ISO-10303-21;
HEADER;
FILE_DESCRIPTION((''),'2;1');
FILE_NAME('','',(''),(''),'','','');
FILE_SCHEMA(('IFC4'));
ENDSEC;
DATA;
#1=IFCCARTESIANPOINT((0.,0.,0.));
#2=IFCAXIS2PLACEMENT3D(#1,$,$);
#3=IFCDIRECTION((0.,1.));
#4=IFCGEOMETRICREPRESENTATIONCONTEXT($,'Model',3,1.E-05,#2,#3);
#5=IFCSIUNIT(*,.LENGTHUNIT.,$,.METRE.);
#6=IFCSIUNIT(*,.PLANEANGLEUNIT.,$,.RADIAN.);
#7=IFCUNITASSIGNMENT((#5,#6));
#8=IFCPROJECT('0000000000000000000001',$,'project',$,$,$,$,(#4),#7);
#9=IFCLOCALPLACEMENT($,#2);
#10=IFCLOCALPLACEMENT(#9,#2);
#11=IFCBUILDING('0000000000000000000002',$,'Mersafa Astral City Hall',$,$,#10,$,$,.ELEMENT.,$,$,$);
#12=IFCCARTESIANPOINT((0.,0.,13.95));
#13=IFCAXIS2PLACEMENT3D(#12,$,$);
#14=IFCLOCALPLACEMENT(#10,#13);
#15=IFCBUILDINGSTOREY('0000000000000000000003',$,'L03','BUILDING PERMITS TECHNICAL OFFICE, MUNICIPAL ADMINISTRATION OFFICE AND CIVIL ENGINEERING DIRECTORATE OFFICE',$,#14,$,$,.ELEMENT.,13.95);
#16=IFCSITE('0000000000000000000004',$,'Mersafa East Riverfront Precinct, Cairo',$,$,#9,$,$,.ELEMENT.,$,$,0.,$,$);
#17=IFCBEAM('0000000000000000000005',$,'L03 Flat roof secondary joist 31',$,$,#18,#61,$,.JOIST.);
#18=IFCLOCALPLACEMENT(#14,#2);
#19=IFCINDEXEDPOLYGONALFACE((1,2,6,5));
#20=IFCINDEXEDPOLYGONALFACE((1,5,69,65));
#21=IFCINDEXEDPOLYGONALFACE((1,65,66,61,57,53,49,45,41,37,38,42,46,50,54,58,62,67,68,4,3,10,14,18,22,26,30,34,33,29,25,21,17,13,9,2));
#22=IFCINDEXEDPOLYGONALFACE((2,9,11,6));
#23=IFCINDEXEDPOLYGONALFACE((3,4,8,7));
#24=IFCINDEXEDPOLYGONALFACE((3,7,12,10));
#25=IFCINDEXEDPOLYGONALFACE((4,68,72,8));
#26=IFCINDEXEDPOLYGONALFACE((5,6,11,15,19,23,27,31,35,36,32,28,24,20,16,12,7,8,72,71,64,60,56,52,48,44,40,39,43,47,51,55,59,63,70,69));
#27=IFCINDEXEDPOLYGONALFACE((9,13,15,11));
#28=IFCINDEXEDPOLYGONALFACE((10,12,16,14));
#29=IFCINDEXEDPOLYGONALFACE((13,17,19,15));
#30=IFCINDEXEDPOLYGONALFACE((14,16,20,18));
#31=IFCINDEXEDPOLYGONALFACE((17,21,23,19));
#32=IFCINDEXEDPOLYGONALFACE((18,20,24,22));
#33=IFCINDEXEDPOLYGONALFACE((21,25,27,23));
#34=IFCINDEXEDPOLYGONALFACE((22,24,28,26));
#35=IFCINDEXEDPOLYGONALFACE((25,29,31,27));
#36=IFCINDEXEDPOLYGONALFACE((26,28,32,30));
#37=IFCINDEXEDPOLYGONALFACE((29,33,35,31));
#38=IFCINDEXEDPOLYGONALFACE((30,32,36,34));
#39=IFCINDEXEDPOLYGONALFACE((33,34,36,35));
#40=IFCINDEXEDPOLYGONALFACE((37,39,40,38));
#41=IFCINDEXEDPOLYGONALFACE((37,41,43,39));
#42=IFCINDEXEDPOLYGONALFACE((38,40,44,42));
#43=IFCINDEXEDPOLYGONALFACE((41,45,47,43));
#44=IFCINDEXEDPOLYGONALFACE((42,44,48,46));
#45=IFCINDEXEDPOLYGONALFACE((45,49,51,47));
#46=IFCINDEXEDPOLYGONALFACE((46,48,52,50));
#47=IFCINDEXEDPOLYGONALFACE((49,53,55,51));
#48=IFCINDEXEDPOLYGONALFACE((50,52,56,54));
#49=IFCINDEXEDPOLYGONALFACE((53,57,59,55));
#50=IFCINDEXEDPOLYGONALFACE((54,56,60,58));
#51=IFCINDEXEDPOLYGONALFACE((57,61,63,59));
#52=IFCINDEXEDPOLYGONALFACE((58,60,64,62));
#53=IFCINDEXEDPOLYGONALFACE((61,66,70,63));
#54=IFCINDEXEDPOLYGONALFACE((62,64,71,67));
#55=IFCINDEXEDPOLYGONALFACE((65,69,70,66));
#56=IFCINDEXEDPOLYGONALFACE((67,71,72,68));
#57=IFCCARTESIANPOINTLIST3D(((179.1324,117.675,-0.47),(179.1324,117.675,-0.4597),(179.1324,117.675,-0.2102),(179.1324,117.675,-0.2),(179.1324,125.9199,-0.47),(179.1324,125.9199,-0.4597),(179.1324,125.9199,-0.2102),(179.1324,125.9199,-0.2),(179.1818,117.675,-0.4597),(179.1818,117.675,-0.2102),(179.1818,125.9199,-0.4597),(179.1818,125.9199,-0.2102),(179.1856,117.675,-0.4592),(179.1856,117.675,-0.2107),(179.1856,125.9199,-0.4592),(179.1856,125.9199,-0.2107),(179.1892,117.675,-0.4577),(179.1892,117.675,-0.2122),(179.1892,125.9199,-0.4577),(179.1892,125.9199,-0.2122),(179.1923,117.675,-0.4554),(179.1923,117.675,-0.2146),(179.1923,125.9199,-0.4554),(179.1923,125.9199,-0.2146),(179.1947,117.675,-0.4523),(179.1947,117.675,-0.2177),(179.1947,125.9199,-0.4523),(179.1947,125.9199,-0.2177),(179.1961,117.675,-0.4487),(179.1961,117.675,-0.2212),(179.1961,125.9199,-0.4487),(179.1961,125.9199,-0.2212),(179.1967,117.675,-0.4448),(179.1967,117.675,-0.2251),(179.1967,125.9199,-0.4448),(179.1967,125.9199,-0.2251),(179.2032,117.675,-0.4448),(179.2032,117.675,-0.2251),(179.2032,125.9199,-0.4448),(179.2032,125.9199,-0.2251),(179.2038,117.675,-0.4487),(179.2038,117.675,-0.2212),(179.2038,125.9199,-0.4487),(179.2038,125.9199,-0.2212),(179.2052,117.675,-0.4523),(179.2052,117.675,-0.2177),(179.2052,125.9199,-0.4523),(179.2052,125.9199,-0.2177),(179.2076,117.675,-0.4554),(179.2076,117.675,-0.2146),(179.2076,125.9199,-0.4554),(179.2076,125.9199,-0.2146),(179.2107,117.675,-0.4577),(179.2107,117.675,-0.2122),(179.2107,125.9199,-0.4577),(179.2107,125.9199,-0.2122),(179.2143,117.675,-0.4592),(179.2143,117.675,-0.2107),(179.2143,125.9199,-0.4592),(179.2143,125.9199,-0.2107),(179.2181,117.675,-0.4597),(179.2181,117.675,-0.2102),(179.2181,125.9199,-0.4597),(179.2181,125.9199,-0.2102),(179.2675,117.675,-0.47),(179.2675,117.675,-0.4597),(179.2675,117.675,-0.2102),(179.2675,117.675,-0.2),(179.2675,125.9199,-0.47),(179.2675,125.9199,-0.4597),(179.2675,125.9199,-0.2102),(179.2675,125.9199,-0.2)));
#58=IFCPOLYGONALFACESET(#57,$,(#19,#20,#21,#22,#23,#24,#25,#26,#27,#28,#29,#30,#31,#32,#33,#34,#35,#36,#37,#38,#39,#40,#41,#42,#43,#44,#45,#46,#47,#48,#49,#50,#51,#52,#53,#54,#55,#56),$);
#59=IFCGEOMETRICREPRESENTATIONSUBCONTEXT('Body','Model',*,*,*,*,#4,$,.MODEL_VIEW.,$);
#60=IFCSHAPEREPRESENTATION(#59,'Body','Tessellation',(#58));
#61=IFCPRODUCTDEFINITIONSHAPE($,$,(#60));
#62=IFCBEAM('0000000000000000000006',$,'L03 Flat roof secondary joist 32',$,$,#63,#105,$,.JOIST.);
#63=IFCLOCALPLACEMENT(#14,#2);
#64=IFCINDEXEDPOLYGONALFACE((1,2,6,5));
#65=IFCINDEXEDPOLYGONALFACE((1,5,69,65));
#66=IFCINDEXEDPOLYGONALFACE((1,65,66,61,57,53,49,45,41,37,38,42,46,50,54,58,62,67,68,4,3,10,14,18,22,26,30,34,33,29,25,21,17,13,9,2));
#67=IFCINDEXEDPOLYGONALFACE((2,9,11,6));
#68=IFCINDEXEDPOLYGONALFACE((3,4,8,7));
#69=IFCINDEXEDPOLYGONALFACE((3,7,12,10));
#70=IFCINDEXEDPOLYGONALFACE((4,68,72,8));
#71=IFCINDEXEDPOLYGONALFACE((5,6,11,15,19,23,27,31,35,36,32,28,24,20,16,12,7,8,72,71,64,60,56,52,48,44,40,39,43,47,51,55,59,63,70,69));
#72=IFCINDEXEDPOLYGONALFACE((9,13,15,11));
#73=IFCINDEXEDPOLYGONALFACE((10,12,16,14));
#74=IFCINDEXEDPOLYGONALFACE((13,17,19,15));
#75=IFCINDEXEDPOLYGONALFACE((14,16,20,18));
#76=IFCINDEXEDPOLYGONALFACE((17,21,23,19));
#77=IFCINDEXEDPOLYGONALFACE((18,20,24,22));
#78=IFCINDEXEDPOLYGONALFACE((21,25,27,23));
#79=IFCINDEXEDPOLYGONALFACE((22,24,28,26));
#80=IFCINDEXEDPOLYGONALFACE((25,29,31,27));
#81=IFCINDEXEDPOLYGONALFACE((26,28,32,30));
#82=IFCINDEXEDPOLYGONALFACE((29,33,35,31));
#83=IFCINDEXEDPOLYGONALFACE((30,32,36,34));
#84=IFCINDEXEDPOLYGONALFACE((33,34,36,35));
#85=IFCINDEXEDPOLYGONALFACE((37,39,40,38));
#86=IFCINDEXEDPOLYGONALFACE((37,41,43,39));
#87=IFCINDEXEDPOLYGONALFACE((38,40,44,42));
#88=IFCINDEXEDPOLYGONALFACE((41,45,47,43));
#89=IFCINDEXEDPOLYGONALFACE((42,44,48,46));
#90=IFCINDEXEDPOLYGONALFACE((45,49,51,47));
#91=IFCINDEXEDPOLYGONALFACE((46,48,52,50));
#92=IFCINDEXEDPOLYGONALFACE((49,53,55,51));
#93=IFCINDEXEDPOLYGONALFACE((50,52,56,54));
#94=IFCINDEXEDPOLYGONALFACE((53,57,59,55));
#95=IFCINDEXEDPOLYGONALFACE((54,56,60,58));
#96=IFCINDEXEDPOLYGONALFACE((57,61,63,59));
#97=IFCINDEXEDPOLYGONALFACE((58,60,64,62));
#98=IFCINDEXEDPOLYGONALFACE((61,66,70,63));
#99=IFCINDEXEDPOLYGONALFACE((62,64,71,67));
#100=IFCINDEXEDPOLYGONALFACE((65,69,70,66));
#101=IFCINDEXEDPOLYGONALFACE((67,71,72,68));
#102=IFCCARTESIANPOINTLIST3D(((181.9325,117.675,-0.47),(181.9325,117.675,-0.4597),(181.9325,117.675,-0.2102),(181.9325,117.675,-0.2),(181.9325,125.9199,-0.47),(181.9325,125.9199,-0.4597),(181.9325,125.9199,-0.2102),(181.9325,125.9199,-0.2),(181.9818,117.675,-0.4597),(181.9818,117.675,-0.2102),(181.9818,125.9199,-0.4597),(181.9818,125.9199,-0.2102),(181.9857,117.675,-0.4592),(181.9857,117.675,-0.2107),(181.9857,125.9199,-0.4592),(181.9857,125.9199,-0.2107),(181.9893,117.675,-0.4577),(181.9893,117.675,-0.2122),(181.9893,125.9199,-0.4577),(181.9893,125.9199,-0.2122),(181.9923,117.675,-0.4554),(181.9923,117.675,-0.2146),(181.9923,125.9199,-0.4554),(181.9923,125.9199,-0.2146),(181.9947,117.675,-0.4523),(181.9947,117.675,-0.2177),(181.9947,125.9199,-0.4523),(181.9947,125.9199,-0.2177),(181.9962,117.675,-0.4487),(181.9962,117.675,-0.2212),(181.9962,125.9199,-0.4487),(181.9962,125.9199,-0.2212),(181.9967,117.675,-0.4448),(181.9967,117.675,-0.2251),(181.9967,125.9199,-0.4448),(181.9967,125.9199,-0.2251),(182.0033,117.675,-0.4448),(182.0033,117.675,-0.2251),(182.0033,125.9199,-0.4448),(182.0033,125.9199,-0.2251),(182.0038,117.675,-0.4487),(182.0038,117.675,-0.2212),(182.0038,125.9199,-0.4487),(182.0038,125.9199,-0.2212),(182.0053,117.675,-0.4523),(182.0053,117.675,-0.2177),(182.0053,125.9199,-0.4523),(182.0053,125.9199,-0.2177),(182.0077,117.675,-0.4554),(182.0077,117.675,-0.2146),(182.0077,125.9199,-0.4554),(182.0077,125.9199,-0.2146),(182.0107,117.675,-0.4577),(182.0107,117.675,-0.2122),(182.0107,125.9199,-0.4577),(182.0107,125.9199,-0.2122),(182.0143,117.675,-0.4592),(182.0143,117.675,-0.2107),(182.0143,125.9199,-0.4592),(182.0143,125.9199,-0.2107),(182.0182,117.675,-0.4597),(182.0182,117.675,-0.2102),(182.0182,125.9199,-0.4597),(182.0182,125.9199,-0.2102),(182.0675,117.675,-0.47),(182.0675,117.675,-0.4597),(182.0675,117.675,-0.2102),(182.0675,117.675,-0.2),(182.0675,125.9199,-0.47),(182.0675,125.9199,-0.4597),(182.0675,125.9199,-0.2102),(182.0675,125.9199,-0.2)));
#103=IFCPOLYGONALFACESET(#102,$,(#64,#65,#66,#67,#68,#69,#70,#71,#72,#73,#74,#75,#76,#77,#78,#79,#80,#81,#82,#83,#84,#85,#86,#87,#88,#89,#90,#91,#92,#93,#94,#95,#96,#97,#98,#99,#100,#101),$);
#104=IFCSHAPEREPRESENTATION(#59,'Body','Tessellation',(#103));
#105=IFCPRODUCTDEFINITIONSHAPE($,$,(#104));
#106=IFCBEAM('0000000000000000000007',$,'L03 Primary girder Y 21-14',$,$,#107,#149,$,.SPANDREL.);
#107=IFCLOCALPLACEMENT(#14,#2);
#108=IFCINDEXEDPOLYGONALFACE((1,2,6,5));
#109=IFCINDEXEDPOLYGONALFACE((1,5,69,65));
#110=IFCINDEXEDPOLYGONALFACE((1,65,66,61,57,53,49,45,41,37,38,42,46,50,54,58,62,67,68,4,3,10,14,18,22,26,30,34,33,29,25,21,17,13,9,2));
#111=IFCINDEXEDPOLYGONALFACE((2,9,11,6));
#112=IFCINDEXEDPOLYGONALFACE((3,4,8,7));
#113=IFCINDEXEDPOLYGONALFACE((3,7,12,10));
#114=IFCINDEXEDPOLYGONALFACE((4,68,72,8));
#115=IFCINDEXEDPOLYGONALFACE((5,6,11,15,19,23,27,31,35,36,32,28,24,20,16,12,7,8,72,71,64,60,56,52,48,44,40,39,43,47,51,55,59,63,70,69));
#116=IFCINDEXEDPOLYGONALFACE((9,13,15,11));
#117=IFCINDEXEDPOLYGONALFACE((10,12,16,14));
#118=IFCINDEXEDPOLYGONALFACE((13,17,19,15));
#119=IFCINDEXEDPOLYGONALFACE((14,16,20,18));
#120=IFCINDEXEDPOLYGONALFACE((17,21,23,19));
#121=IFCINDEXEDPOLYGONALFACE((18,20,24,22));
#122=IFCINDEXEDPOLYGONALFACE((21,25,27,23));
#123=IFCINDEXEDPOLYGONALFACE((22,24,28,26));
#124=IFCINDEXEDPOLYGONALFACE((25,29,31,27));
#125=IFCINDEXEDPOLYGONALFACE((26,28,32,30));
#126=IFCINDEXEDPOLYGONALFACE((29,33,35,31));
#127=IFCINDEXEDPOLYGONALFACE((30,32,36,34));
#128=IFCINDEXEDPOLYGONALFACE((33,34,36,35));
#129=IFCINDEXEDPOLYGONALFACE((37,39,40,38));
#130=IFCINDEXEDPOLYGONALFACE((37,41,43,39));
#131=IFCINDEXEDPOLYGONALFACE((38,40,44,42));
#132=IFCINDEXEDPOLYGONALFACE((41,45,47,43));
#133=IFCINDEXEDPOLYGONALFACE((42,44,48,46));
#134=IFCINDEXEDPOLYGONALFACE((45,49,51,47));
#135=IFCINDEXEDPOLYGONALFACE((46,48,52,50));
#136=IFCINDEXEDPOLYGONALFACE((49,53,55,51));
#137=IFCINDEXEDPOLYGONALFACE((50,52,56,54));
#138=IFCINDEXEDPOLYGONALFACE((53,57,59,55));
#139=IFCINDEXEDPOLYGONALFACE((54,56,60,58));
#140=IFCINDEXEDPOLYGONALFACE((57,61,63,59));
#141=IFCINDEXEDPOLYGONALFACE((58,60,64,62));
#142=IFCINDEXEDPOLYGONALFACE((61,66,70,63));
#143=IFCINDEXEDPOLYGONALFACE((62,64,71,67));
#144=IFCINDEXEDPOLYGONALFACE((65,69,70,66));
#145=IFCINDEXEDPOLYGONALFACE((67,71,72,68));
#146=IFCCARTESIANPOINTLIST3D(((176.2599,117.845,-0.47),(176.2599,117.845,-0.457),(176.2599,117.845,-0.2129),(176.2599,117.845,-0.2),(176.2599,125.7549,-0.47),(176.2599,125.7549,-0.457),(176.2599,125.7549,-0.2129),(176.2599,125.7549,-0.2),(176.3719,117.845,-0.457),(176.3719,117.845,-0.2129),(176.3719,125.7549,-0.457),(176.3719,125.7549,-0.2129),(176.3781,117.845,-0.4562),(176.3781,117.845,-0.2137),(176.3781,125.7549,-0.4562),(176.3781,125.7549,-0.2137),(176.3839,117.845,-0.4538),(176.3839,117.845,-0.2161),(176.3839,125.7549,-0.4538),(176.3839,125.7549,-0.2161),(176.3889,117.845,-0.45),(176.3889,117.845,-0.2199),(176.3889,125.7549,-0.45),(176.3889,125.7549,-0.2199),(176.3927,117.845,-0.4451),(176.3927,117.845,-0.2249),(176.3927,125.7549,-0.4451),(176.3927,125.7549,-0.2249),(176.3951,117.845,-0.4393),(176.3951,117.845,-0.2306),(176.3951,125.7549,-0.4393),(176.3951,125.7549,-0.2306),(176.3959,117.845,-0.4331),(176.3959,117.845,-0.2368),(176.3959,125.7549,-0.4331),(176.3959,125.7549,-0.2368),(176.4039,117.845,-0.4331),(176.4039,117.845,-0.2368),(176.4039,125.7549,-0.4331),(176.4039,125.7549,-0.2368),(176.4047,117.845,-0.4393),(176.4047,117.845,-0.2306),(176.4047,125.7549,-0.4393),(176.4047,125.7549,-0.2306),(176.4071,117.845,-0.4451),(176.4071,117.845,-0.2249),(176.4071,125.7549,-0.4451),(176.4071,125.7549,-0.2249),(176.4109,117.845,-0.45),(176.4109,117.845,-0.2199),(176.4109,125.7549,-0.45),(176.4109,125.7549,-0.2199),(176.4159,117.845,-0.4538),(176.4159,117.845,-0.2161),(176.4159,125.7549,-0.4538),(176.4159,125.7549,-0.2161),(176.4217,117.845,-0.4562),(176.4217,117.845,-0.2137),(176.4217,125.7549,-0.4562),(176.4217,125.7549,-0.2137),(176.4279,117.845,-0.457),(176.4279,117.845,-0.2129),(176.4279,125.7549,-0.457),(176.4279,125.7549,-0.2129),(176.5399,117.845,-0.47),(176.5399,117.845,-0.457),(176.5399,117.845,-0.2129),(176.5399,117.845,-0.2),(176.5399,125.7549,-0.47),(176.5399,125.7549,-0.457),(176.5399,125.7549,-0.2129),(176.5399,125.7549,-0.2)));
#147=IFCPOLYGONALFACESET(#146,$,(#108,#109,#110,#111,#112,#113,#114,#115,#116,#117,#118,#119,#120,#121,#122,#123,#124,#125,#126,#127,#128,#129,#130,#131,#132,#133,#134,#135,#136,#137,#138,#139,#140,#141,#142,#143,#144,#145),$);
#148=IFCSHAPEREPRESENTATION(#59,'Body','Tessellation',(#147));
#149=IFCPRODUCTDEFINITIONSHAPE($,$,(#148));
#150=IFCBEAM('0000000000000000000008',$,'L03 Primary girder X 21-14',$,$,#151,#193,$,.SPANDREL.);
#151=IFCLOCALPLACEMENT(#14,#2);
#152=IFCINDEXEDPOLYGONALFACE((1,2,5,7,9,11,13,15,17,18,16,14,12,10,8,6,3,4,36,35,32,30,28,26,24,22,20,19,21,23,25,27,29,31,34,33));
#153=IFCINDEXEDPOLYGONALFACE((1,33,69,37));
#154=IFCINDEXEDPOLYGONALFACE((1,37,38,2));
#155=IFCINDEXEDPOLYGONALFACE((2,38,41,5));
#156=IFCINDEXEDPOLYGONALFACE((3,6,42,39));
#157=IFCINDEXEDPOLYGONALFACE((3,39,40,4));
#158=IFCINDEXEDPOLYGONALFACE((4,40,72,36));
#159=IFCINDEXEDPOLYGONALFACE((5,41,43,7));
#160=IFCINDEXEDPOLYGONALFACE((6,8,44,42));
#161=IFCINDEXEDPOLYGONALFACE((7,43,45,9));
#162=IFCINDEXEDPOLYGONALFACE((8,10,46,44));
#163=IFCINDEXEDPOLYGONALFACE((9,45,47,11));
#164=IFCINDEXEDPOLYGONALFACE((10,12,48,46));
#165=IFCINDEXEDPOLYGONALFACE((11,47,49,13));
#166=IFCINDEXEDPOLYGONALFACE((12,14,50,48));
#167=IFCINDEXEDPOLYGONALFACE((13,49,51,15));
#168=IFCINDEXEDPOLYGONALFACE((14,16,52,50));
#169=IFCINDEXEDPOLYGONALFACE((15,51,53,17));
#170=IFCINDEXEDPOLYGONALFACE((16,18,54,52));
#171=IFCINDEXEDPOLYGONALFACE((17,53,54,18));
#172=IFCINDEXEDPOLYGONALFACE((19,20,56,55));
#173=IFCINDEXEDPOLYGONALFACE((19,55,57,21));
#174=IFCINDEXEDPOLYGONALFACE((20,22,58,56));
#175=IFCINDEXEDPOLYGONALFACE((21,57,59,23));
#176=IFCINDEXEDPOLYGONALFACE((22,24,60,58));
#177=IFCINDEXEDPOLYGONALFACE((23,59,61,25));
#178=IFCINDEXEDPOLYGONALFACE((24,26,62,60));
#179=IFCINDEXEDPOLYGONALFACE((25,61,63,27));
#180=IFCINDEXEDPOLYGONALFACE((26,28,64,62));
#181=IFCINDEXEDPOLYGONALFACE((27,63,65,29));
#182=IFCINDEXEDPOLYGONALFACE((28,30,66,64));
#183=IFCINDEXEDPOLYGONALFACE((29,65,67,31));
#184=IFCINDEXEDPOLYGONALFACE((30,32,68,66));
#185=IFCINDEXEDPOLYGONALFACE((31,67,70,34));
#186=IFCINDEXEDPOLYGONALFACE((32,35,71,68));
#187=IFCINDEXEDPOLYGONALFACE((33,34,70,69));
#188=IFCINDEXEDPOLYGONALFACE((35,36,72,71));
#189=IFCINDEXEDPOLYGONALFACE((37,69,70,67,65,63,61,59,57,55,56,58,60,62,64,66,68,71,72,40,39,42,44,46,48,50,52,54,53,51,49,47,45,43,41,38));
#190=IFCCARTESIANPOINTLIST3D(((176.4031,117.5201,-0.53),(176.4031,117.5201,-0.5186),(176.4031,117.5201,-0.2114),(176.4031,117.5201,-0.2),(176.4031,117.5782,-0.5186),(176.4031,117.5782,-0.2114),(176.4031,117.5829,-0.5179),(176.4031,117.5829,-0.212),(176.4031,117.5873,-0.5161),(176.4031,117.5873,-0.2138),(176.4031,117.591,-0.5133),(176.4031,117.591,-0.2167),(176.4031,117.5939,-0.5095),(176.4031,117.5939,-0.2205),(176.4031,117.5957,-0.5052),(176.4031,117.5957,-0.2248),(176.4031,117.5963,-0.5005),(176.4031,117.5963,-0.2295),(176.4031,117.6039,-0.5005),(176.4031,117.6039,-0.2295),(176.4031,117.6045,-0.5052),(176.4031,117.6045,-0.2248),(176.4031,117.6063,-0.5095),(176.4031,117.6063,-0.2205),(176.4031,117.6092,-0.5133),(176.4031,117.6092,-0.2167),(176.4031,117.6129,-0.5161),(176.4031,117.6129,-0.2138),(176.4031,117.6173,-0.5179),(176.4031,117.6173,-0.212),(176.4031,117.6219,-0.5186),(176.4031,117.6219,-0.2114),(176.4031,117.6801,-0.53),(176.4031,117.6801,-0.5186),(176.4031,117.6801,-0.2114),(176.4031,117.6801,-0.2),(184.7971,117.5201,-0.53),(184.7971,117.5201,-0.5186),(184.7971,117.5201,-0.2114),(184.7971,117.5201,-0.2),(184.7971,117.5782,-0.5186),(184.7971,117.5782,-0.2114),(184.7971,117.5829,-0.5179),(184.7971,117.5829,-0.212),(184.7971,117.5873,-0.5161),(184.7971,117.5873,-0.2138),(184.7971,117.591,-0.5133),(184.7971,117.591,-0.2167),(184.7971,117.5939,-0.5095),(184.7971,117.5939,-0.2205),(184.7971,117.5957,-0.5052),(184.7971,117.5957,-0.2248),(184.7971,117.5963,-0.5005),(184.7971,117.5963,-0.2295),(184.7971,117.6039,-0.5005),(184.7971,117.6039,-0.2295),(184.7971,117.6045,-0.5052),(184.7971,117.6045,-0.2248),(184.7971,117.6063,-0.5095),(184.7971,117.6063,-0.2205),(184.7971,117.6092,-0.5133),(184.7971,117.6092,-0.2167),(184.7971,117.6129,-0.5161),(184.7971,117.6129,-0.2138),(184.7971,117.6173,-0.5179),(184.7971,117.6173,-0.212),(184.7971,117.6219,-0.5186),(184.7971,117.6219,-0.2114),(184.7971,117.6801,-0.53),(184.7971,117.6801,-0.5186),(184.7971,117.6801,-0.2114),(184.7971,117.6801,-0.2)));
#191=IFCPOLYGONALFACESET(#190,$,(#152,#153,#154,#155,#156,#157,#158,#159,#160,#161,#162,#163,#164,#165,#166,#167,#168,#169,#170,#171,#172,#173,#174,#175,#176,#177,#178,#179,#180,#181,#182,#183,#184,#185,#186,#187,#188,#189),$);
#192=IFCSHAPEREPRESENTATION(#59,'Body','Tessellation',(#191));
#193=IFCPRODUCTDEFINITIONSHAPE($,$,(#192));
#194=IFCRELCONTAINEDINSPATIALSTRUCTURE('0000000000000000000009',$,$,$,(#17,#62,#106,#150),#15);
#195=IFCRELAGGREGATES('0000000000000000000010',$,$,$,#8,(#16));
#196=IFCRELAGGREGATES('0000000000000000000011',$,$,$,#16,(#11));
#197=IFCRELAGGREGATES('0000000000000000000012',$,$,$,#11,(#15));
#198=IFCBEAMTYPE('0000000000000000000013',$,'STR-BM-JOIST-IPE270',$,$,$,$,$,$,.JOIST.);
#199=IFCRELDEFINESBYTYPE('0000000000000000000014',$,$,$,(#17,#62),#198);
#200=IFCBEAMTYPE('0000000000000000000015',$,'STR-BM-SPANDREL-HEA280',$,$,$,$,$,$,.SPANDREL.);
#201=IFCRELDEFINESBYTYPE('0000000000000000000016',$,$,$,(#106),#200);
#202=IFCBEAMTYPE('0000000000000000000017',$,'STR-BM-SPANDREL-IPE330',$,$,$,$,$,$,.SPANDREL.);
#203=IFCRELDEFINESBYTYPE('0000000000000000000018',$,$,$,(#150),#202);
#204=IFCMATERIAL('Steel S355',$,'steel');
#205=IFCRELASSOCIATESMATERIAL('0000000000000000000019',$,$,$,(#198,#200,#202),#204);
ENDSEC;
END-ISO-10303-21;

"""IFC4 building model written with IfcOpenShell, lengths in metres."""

from ifc_helpers import new_model, si_unit, direction, frame, origin, origin_2d, place, context, subcontext, project, spatial, i_section, extrude, material, material_profile, profile_set, type_object, element, save


model = new_model("IFC4")

# Units and contexts
model_context = context("Model", 3, precision=1e-05, world=origin(), true_north=direction((0.0, 1.0)))
body_context = subcontext(model_context, "Body", "Model", "MODEL_VIEW")
ifc_project = project(units=[si_unit("LENGTHUNIT", "METRE"), si_unit("PLANEANGLEUNIT", "RADIAN")], contexts=[model_context])

# Site, building, storey
site_placement = place(None, origin())
site = spatial("IfcSite", under=ifc_project, at=site_placement, Name="Mersafa East Riverfront Precinct, Cairo", CompositionType="ELEMENT", RefElevation=0.0)
building_placement = place(site_placement, origin())
building = spatial("IfcBuilding", under=site, at=building_placement, Name="Mersafa Astral City Hall", CompositionType="ELEMENT")
storey_placement = place(building_placement, frame((0.0, 0.0, 13.95)))
storey = spatial("IfcBuildingStorey", under=building, at=storey_placement, Name="L03", Description="BUILDING PERMITS TECHNICAL OFFICE, MUNICIPAL ADMINISTRATION OFFICE AND CIVIL ENGINEERING DIRECTORATE OFFICE", CompositionType="ELEMENT", Elevation=13.95)

# Shared definitions
ifc_material_1 = material(Name="Steel S355", Category="steel")

# Beams
ifc_material_profile_1 = material_profile(ifc_material_1, i_section(OverallWidth=0.135, OverallDepth=0.27, WebThickness=0.0066, FlangeThickness=0.0103, FilletRadius=0.0149, at=origin_2d()), Name="IPE 270")
ifc_profile_set_1 = profile_set([ifc_material_profile_1], Name="Steel S355")
beam_type_1 = type_object("IfcBeamType", Name="STR-BM-JOIST-IPE270", PredefinedType="JOIST", material=ifc_profile_set_1)
for number, where, z_axis, x_axis, name in (
    (1, (179.2, 117.675, -0.335), (0.0, 1.0, 0.0), (-1.0, 0.0, 0.0), "L03 Flat roof secondary joist 31"),
    (2, (182.0, 117.675, -0.335), (0.0, 1.0, 0.0), (-1.0, 0.0, 0.0), "L03 Flat roof secondary joist 32"),
):
    element("IfcBeam", number, at=place(storey_placement, frame(where, z_axis=z_axis, x_axis=x_axis)), inside=storey, type_object=beam_type_1, Name=name, PredefinedType="JOIST", context=body_context, shape_type="SweptSolid", body=[
        extrude(i_section(OverallWidth=0.135, OverallDepth=0.27, WebThickness=0.0066, FlangeThickness=0.0103, FilletRadius=0.0149, at=origin_2d()), origin(), (0.0, 0.0, 1.0), 8.2449),
    ])
ifc_material_profile_2 = material_profile(ifc_material_1, i_section(OverallWidth=0.28, OverallDepth=0.27, WebThickness=0.0081, FlangeThickness=0.0129, FilletRadius=0.0239, at=origin_2d()), Name="HEA 280")
ifc_profile_set_2 = profile_set([ifc_material_profile_2], Name="Steel S355")
beam_type_2 = type_object("IfcBeamType", Name="STR-BM-SPANDREL-HEA280", PredefinedType="SPANDREL", material=ifc_profile_set_2)
beam_1_placement = place(storey_placement, frame((176.3999, 117.845, -0.335), z_axis=(0.0, 1.0, 0.0), x_axis=(-1.0, 0.0, 0.0)))
element("IfcBeam", 3, at=beam_1_placement, inside=storey, type_object=beam_type_2, Name="L03 Primary girder Y 21-14", PredefinedType="SPANDREL", context=body_context, shape_type="SweptSolid", body=[
    extrude(i_section(OverallWidth=0.28, OverallDepth=0.27, WebThickness=0.0081, FlangeThickness=0.0129, FilletRadius=0.0239, at=origin_2d()), origin(), (0.0, 0.0, 1.0), 7.9099),
])
ifc_material_profile_3 = material_profile(ifc_material_1, i_section(OverallWidth=0.1599, OverallDepth=0.3301, WebThickness=0.0076, FlangeThickness=0.0115, FilletRadius=0.0181, at=origin_2d()), Name="IPE 330")
ifc_profile_set_3 = profile_set([ifc_material_profile_3], Name="Steel S355")
beam_type_3 = type_object("IfcBeamType", Name="STR-BM-SPANDREL-IPE330", PredefinedType="SPANDREL", material=ifc_profile_set_3)
beam_2_placement = place(storey_placement, frame((176.4031, 117.6001, -0.365), z_axis=(1.0, 0.0, 0.0), x_axis=(0.0, 1.0, 0.0)))
element("IfcBeam", 4, at=beam_2_placement, inside=storey, type_object=beam_type_3, Name="L03 Primary girder X 21-14", PredefinedType="SPANDREL", context=body_context, shape_type="SweptSolid", body=[
    extrude(i_section(OverallWidth=0.1599, OverallDepth=0.3301, WebThickness=0.0076, FlangeThickness=0.0115, FilletRadius=0.0181, at=origin_2d()), origin(), (0.0, 0.0, 1.0), 8.394),
])

save(model, "model.ifc")
